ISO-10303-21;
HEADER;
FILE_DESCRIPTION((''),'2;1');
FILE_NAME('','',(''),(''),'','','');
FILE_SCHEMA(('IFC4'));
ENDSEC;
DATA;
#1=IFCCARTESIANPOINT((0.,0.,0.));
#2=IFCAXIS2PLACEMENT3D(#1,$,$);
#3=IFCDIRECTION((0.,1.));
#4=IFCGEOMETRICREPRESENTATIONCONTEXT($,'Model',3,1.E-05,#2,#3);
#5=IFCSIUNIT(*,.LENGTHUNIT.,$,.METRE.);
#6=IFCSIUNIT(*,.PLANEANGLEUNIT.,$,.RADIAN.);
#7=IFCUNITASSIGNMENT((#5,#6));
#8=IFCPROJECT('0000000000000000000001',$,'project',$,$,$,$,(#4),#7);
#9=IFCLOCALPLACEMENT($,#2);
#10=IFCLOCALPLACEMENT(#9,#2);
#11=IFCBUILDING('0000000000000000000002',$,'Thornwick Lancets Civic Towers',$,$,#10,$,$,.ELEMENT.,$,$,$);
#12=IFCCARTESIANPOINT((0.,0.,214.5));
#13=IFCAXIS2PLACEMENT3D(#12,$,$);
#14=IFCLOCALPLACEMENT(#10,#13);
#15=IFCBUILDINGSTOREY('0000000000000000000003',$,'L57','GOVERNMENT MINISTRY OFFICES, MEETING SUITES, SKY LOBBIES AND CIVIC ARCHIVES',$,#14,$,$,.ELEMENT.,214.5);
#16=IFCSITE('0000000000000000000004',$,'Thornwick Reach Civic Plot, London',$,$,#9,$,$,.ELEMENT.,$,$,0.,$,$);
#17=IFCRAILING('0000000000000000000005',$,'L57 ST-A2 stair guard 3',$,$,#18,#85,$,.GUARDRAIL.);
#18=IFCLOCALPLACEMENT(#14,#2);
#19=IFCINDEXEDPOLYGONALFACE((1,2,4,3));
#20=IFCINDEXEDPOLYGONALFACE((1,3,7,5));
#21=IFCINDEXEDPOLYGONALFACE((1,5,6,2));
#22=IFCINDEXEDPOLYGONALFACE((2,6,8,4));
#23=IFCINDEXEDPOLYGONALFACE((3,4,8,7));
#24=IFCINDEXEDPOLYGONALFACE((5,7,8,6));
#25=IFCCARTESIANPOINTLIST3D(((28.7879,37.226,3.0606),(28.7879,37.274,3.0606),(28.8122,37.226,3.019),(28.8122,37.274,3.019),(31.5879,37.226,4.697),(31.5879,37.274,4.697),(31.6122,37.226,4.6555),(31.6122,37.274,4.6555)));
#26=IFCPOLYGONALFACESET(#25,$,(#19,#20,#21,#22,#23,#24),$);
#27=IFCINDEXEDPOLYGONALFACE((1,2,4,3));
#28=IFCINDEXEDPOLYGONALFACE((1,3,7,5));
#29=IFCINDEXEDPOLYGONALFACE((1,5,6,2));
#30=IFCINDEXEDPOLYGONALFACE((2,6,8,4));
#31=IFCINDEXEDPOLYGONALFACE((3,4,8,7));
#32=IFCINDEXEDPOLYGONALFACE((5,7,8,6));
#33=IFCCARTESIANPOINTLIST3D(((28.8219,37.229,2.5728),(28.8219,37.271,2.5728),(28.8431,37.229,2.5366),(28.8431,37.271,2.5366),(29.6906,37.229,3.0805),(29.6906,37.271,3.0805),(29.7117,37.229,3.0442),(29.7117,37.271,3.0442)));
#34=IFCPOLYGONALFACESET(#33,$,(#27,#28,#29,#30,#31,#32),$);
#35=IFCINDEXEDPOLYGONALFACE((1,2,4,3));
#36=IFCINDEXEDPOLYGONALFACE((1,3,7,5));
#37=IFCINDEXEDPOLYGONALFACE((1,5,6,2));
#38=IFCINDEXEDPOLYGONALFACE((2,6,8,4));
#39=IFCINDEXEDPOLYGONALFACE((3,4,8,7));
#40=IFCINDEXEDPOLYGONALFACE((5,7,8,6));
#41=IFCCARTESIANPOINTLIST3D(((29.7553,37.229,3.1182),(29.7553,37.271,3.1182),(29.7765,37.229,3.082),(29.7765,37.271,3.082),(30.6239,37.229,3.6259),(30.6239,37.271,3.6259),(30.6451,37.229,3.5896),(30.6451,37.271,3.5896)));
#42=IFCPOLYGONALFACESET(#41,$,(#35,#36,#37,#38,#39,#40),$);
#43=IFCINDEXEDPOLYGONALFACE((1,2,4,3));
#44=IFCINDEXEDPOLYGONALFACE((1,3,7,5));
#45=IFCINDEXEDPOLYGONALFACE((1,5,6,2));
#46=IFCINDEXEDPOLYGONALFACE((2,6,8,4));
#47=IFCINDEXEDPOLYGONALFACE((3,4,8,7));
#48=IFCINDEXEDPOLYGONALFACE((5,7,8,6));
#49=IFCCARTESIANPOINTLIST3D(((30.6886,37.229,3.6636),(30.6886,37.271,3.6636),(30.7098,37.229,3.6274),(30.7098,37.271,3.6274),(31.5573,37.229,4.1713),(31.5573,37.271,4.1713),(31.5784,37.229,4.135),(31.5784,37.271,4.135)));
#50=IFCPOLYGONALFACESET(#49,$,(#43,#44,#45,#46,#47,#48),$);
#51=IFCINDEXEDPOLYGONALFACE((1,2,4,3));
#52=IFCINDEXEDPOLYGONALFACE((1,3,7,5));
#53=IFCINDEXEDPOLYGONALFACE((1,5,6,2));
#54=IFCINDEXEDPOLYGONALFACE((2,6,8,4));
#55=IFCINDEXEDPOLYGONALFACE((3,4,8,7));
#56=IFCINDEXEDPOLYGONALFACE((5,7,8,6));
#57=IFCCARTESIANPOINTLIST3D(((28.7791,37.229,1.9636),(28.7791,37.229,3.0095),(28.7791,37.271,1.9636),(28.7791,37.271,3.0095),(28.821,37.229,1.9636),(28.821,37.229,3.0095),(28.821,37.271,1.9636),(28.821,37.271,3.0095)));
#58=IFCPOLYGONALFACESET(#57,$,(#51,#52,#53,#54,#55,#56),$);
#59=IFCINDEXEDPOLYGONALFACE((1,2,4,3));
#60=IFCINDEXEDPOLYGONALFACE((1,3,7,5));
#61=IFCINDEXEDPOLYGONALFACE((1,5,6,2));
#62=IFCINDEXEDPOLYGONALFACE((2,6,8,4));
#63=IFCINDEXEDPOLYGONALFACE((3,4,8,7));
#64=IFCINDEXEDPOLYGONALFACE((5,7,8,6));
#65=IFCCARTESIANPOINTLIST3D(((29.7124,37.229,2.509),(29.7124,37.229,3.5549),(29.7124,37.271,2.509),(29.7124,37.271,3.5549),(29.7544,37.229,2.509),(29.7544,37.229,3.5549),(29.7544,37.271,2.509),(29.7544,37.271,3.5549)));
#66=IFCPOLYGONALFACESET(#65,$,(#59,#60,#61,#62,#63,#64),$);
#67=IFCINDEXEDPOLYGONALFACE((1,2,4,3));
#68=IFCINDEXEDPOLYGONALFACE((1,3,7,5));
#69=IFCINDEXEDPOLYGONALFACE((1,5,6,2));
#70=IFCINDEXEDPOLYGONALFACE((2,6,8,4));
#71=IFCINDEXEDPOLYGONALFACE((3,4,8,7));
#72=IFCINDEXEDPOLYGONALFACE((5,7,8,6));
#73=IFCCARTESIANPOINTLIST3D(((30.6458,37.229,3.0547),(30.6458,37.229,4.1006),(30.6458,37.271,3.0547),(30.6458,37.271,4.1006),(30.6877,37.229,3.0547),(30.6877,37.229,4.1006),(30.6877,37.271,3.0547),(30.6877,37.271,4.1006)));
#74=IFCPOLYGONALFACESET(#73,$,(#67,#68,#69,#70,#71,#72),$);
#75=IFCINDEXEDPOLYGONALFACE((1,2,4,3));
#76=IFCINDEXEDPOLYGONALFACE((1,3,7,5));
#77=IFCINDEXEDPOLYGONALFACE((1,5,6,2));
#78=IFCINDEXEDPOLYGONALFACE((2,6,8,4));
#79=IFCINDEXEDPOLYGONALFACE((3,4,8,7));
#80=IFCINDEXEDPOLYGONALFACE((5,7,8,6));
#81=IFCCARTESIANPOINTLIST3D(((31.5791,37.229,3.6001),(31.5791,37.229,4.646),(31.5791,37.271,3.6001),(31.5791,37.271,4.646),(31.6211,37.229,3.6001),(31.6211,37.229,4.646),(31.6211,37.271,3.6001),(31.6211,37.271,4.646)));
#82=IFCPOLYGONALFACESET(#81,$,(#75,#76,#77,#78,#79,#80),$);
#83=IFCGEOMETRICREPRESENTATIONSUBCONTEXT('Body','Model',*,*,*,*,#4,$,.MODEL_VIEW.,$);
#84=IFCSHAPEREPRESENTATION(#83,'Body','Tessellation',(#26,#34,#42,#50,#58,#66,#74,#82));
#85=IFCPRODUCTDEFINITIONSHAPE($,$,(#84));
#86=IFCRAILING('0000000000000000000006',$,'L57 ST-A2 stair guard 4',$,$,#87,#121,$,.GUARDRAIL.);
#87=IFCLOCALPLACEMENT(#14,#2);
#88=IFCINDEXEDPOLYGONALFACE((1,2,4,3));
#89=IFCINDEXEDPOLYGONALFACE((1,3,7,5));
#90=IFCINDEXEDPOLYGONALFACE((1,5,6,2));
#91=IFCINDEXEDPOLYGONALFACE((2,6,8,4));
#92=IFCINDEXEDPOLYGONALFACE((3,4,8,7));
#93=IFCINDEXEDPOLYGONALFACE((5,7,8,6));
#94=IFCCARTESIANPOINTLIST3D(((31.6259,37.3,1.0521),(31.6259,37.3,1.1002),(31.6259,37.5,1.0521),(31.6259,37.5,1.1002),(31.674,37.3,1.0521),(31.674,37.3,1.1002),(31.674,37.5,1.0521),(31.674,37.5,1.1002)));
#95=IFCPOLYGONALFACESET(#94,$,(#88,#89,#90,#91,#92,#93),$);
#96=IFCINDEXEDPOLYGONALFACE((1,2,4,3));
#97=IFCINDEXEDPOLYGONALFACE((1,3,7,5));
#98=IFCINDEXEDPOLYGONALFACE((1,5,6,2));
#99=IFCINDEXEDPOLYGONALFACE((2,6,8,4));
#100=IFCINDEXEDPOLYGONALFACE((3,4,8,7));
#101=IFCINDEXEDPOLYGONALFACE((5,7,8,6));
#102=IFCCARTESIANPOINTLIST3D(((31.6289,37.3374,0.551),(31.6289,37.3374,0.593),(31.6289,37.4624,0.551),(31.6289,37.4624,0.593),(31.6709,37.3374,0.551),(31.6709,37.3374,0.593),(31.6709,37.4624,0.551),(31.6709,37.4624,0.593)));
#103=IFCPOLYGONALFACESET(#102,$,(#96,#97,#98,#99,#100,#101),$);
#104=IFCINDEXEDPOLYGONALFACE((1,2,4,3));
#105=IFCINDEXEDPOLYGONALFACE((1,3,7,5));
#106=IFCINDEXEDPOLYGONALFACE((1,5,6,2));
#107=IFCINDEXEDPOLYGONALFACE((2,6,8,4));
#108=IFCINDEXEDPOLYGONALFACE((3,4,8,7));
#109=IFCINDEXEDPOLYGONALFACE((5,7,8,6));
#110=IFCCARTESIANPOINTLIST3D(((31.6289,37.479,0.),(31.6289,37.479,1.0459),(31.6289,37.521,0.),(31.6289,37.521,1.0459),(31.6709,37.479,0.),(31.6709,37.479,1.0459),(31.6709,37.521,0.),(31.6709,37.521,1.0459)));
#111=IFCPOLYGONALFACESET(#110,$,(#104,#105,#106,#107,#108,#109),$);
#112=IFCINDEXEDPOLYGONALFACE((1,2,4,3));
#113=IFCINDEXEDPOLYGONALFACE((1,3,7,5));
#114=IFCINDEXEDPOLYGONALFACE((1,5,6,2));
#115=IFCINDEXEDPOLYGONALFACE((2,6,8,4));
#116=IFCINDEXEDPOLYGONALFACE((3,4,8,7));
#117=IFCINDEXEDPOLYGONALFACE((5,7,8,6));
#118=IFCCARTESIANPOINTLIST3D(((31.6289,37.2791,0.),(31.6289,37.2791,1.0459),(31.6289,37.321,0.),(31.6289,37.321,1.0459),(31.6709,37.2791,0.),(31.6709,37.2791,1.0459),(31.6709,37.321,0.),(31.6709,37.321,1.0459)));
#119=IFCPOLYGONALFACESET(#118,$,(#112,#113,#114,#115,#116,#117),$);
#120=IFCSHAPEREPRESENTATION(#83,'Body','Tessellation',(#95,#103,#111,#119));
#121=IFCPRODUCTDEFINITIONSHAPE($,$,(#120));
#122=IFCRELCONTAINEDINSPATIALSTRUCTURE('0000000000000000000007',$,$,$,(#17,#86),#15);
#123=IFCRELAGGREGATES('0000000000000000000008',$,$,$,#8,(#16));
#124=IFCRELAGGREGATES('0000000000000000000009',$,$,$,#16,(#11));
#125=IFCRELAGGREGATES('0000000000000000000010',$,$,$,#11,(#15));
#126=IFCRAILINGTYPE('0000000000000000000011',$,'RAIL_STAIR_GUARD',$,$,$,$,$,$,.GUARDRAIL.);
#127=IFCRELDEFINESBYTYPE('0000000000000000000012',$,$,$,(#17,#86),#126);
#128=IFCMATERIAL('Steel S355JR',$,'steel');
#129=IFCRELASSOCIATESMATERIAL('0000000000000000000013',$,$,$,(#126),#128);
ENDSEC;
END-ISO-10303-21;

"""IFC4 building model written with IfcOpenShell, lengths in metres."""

from ifc_helpers import new_model, si_unit, direction, frame, origin, origin_2d, place, context, subcontext, project, spatial, rectangle, extrude, material, type_object, element, save


model = new_model("IFC4")

# Units and contexts
model_context = context("Model", 3, precision=1e-05, world=origin(), true_north=direction((0.0, 1.0)))
body_context = subcontext(model_context, "Body", "Model", "MODEL_VIEW")
ifc_project = project(units=[si_unit("LENGTHUNIT", "METRE"), si_unit("PLANEANGLEUNIT", "RADIAN")], contexts=[model_context])

# Site, building, storey
site_placement = place(None, origin())
site = spatial("IfcSite", under=ifc_project, at=site_placement, Name="Thornwick Reach Civic Plot, London", CompositionType="ELEMENT", RefElevation=0.0)
building_placement = place(site_placement, origin())
building = spatial("IfcBuilding", under=site, at=building_placement, Name="Thornwick Lancets Civic Towers", CompositionType="ELEMENT")
storey_placement = place(building_placement, frame((0.0, 0.0, 214.5)))
storey = spatial("IfcBuildingStorey", under=building, at=storey_placement, Name="L57", Description="GOVERNMENT MINISTRY OFFICES, MEETING SUITES, SKY LOBBIES AND CIVIC ARCHIVES", CompositionType="ELEMENT", Elevation=214.5)

# Shared definitions
ifc_material_1 = material(Name="Steel S355JR", Category="steel")

# Railings
railing_type_1 = type_object("IfcRailingType", Name="RAIL_STAIR_GUARD", PredefinedType="GUARDRAIL", material=ifc_material_1)
railing_1_placement = place(storey_placement, frame((28.8, 37.25, 1.9636)))
element("IfcRailing", 1, at=railing_1_placement, inside=storey, type_object=railing_type_1, Name="L57 ST-A2 stair guard 3", PredefinedType="GUARDRAIL", context=body_context, shape_type="SweptSolid", body=[
    extrude(rectangle(XDim=0.0481, YDim=0.0481, at=origin_2d()), frame((0.0, 0.0, 1.0762), z_axis=(0.863361, 0.0, 0.504587), x_axis=(0.0, 1.0, 0.0)), (0.0, 0.0, 1.0), 3.2432),
    extrude(rectangle(XDim=0.042, YDim=0.042, at=origin_2d()), frame((0.0325, 0.0, 0.5911), z_axis=(0.863361, 0.0, 0.504587), x_axis=(0.0, 1.0, 0.0)), (0.0, 0.0, 1.0), 1.0061),
    extrude(rectangle(XDim=0.042, YDim=0.042, at=origin_2d()), frame((0.9658, 0.0, 1.1365), z_axis=(0.863361, 0.0, 0.504587), x_axis=(0.0, 1.0, 0.0)), (0.0, 0.0, 1.0), 1.0061),
    extrude(rectangle(XDim=0.042, YDim=0.042, at=origin_2d()), frame((1.8992, 0.0, 1.6819), z_axis=(0.863361, 0.0, 0.504587), x_axis=(0.0, 1.0, 0.0)), (0.0, 0.0, 1.0), 1.0061),
    extrude(rectangle(XDim=0.042, YDim=0.042, at=origin_2d()), origin(), (0.0, 0.0, 1.0), 1.0459),
    extrude(rectangle(XDim=0.042, YDim=0.042, at=origin_2d()), frame((0.9333, 0.0, 0.5454)), (0.0, 0.0, 1.0), 1.0459),
    extrude(rectangle(XDim=0.042, YDim=0.042, at=origin_2d()), frame((1.8667, 0.0, 1.0911)), (0.0, 0.0, 1.0), 1.0459),
    extrude(rectangle(XDim=0.042, YDim=0.042, at=origin_2d()), frame((2.8, 0.0, 1.6365)), (0.0, 0.0, 1.0), 1.0459),
])
railing_2_placement = place(storey_placement, frame((31.6499, 37.5, 0.0)))
element("IfcRailing", 2, at=railing_2_placement, inside=storey, type_object=railing_type_1, Name="L57 ST-A2 stair guard 4", PredefinedType="GUARDRAIL", context=body_context, shape_type="SweptSolid", body=[
    extrude(rectangle(XDim=0.0481, YDim=0.0481, at=origin_2d()), frame((0.0, 0.0, 1.0762), z_axis=(0.0, -1.0, 0.0), x_axis=(1.0, 0.0, 0.0)), (0.0, 0.0, 1.0), 0.2),
    extrude(rectangle(XDim=0.042, YDim=0.042, at=origin_2d()), frame((0.0, -0.0376, 0.572), z_axis=(0.0, -1.0, 0.0), x_axis=(1.0, 0.0, 0.0)), (0.0, 0.0, 1.0), 0.125),
    extrude(rectangle(XDim=0.042, YDim=0.042, at=origin_2d()), origin(), (0.0, 0.0, 1.0), 1.0459),
    extrude(rectangle(XDim=0.042, YDim=0.042, at=origin_2d()), frame((0.0, -0.2, 0.0)), (0.0, 0.0, 1.0), 1.0459),
])

save(model, "model.ifc")
